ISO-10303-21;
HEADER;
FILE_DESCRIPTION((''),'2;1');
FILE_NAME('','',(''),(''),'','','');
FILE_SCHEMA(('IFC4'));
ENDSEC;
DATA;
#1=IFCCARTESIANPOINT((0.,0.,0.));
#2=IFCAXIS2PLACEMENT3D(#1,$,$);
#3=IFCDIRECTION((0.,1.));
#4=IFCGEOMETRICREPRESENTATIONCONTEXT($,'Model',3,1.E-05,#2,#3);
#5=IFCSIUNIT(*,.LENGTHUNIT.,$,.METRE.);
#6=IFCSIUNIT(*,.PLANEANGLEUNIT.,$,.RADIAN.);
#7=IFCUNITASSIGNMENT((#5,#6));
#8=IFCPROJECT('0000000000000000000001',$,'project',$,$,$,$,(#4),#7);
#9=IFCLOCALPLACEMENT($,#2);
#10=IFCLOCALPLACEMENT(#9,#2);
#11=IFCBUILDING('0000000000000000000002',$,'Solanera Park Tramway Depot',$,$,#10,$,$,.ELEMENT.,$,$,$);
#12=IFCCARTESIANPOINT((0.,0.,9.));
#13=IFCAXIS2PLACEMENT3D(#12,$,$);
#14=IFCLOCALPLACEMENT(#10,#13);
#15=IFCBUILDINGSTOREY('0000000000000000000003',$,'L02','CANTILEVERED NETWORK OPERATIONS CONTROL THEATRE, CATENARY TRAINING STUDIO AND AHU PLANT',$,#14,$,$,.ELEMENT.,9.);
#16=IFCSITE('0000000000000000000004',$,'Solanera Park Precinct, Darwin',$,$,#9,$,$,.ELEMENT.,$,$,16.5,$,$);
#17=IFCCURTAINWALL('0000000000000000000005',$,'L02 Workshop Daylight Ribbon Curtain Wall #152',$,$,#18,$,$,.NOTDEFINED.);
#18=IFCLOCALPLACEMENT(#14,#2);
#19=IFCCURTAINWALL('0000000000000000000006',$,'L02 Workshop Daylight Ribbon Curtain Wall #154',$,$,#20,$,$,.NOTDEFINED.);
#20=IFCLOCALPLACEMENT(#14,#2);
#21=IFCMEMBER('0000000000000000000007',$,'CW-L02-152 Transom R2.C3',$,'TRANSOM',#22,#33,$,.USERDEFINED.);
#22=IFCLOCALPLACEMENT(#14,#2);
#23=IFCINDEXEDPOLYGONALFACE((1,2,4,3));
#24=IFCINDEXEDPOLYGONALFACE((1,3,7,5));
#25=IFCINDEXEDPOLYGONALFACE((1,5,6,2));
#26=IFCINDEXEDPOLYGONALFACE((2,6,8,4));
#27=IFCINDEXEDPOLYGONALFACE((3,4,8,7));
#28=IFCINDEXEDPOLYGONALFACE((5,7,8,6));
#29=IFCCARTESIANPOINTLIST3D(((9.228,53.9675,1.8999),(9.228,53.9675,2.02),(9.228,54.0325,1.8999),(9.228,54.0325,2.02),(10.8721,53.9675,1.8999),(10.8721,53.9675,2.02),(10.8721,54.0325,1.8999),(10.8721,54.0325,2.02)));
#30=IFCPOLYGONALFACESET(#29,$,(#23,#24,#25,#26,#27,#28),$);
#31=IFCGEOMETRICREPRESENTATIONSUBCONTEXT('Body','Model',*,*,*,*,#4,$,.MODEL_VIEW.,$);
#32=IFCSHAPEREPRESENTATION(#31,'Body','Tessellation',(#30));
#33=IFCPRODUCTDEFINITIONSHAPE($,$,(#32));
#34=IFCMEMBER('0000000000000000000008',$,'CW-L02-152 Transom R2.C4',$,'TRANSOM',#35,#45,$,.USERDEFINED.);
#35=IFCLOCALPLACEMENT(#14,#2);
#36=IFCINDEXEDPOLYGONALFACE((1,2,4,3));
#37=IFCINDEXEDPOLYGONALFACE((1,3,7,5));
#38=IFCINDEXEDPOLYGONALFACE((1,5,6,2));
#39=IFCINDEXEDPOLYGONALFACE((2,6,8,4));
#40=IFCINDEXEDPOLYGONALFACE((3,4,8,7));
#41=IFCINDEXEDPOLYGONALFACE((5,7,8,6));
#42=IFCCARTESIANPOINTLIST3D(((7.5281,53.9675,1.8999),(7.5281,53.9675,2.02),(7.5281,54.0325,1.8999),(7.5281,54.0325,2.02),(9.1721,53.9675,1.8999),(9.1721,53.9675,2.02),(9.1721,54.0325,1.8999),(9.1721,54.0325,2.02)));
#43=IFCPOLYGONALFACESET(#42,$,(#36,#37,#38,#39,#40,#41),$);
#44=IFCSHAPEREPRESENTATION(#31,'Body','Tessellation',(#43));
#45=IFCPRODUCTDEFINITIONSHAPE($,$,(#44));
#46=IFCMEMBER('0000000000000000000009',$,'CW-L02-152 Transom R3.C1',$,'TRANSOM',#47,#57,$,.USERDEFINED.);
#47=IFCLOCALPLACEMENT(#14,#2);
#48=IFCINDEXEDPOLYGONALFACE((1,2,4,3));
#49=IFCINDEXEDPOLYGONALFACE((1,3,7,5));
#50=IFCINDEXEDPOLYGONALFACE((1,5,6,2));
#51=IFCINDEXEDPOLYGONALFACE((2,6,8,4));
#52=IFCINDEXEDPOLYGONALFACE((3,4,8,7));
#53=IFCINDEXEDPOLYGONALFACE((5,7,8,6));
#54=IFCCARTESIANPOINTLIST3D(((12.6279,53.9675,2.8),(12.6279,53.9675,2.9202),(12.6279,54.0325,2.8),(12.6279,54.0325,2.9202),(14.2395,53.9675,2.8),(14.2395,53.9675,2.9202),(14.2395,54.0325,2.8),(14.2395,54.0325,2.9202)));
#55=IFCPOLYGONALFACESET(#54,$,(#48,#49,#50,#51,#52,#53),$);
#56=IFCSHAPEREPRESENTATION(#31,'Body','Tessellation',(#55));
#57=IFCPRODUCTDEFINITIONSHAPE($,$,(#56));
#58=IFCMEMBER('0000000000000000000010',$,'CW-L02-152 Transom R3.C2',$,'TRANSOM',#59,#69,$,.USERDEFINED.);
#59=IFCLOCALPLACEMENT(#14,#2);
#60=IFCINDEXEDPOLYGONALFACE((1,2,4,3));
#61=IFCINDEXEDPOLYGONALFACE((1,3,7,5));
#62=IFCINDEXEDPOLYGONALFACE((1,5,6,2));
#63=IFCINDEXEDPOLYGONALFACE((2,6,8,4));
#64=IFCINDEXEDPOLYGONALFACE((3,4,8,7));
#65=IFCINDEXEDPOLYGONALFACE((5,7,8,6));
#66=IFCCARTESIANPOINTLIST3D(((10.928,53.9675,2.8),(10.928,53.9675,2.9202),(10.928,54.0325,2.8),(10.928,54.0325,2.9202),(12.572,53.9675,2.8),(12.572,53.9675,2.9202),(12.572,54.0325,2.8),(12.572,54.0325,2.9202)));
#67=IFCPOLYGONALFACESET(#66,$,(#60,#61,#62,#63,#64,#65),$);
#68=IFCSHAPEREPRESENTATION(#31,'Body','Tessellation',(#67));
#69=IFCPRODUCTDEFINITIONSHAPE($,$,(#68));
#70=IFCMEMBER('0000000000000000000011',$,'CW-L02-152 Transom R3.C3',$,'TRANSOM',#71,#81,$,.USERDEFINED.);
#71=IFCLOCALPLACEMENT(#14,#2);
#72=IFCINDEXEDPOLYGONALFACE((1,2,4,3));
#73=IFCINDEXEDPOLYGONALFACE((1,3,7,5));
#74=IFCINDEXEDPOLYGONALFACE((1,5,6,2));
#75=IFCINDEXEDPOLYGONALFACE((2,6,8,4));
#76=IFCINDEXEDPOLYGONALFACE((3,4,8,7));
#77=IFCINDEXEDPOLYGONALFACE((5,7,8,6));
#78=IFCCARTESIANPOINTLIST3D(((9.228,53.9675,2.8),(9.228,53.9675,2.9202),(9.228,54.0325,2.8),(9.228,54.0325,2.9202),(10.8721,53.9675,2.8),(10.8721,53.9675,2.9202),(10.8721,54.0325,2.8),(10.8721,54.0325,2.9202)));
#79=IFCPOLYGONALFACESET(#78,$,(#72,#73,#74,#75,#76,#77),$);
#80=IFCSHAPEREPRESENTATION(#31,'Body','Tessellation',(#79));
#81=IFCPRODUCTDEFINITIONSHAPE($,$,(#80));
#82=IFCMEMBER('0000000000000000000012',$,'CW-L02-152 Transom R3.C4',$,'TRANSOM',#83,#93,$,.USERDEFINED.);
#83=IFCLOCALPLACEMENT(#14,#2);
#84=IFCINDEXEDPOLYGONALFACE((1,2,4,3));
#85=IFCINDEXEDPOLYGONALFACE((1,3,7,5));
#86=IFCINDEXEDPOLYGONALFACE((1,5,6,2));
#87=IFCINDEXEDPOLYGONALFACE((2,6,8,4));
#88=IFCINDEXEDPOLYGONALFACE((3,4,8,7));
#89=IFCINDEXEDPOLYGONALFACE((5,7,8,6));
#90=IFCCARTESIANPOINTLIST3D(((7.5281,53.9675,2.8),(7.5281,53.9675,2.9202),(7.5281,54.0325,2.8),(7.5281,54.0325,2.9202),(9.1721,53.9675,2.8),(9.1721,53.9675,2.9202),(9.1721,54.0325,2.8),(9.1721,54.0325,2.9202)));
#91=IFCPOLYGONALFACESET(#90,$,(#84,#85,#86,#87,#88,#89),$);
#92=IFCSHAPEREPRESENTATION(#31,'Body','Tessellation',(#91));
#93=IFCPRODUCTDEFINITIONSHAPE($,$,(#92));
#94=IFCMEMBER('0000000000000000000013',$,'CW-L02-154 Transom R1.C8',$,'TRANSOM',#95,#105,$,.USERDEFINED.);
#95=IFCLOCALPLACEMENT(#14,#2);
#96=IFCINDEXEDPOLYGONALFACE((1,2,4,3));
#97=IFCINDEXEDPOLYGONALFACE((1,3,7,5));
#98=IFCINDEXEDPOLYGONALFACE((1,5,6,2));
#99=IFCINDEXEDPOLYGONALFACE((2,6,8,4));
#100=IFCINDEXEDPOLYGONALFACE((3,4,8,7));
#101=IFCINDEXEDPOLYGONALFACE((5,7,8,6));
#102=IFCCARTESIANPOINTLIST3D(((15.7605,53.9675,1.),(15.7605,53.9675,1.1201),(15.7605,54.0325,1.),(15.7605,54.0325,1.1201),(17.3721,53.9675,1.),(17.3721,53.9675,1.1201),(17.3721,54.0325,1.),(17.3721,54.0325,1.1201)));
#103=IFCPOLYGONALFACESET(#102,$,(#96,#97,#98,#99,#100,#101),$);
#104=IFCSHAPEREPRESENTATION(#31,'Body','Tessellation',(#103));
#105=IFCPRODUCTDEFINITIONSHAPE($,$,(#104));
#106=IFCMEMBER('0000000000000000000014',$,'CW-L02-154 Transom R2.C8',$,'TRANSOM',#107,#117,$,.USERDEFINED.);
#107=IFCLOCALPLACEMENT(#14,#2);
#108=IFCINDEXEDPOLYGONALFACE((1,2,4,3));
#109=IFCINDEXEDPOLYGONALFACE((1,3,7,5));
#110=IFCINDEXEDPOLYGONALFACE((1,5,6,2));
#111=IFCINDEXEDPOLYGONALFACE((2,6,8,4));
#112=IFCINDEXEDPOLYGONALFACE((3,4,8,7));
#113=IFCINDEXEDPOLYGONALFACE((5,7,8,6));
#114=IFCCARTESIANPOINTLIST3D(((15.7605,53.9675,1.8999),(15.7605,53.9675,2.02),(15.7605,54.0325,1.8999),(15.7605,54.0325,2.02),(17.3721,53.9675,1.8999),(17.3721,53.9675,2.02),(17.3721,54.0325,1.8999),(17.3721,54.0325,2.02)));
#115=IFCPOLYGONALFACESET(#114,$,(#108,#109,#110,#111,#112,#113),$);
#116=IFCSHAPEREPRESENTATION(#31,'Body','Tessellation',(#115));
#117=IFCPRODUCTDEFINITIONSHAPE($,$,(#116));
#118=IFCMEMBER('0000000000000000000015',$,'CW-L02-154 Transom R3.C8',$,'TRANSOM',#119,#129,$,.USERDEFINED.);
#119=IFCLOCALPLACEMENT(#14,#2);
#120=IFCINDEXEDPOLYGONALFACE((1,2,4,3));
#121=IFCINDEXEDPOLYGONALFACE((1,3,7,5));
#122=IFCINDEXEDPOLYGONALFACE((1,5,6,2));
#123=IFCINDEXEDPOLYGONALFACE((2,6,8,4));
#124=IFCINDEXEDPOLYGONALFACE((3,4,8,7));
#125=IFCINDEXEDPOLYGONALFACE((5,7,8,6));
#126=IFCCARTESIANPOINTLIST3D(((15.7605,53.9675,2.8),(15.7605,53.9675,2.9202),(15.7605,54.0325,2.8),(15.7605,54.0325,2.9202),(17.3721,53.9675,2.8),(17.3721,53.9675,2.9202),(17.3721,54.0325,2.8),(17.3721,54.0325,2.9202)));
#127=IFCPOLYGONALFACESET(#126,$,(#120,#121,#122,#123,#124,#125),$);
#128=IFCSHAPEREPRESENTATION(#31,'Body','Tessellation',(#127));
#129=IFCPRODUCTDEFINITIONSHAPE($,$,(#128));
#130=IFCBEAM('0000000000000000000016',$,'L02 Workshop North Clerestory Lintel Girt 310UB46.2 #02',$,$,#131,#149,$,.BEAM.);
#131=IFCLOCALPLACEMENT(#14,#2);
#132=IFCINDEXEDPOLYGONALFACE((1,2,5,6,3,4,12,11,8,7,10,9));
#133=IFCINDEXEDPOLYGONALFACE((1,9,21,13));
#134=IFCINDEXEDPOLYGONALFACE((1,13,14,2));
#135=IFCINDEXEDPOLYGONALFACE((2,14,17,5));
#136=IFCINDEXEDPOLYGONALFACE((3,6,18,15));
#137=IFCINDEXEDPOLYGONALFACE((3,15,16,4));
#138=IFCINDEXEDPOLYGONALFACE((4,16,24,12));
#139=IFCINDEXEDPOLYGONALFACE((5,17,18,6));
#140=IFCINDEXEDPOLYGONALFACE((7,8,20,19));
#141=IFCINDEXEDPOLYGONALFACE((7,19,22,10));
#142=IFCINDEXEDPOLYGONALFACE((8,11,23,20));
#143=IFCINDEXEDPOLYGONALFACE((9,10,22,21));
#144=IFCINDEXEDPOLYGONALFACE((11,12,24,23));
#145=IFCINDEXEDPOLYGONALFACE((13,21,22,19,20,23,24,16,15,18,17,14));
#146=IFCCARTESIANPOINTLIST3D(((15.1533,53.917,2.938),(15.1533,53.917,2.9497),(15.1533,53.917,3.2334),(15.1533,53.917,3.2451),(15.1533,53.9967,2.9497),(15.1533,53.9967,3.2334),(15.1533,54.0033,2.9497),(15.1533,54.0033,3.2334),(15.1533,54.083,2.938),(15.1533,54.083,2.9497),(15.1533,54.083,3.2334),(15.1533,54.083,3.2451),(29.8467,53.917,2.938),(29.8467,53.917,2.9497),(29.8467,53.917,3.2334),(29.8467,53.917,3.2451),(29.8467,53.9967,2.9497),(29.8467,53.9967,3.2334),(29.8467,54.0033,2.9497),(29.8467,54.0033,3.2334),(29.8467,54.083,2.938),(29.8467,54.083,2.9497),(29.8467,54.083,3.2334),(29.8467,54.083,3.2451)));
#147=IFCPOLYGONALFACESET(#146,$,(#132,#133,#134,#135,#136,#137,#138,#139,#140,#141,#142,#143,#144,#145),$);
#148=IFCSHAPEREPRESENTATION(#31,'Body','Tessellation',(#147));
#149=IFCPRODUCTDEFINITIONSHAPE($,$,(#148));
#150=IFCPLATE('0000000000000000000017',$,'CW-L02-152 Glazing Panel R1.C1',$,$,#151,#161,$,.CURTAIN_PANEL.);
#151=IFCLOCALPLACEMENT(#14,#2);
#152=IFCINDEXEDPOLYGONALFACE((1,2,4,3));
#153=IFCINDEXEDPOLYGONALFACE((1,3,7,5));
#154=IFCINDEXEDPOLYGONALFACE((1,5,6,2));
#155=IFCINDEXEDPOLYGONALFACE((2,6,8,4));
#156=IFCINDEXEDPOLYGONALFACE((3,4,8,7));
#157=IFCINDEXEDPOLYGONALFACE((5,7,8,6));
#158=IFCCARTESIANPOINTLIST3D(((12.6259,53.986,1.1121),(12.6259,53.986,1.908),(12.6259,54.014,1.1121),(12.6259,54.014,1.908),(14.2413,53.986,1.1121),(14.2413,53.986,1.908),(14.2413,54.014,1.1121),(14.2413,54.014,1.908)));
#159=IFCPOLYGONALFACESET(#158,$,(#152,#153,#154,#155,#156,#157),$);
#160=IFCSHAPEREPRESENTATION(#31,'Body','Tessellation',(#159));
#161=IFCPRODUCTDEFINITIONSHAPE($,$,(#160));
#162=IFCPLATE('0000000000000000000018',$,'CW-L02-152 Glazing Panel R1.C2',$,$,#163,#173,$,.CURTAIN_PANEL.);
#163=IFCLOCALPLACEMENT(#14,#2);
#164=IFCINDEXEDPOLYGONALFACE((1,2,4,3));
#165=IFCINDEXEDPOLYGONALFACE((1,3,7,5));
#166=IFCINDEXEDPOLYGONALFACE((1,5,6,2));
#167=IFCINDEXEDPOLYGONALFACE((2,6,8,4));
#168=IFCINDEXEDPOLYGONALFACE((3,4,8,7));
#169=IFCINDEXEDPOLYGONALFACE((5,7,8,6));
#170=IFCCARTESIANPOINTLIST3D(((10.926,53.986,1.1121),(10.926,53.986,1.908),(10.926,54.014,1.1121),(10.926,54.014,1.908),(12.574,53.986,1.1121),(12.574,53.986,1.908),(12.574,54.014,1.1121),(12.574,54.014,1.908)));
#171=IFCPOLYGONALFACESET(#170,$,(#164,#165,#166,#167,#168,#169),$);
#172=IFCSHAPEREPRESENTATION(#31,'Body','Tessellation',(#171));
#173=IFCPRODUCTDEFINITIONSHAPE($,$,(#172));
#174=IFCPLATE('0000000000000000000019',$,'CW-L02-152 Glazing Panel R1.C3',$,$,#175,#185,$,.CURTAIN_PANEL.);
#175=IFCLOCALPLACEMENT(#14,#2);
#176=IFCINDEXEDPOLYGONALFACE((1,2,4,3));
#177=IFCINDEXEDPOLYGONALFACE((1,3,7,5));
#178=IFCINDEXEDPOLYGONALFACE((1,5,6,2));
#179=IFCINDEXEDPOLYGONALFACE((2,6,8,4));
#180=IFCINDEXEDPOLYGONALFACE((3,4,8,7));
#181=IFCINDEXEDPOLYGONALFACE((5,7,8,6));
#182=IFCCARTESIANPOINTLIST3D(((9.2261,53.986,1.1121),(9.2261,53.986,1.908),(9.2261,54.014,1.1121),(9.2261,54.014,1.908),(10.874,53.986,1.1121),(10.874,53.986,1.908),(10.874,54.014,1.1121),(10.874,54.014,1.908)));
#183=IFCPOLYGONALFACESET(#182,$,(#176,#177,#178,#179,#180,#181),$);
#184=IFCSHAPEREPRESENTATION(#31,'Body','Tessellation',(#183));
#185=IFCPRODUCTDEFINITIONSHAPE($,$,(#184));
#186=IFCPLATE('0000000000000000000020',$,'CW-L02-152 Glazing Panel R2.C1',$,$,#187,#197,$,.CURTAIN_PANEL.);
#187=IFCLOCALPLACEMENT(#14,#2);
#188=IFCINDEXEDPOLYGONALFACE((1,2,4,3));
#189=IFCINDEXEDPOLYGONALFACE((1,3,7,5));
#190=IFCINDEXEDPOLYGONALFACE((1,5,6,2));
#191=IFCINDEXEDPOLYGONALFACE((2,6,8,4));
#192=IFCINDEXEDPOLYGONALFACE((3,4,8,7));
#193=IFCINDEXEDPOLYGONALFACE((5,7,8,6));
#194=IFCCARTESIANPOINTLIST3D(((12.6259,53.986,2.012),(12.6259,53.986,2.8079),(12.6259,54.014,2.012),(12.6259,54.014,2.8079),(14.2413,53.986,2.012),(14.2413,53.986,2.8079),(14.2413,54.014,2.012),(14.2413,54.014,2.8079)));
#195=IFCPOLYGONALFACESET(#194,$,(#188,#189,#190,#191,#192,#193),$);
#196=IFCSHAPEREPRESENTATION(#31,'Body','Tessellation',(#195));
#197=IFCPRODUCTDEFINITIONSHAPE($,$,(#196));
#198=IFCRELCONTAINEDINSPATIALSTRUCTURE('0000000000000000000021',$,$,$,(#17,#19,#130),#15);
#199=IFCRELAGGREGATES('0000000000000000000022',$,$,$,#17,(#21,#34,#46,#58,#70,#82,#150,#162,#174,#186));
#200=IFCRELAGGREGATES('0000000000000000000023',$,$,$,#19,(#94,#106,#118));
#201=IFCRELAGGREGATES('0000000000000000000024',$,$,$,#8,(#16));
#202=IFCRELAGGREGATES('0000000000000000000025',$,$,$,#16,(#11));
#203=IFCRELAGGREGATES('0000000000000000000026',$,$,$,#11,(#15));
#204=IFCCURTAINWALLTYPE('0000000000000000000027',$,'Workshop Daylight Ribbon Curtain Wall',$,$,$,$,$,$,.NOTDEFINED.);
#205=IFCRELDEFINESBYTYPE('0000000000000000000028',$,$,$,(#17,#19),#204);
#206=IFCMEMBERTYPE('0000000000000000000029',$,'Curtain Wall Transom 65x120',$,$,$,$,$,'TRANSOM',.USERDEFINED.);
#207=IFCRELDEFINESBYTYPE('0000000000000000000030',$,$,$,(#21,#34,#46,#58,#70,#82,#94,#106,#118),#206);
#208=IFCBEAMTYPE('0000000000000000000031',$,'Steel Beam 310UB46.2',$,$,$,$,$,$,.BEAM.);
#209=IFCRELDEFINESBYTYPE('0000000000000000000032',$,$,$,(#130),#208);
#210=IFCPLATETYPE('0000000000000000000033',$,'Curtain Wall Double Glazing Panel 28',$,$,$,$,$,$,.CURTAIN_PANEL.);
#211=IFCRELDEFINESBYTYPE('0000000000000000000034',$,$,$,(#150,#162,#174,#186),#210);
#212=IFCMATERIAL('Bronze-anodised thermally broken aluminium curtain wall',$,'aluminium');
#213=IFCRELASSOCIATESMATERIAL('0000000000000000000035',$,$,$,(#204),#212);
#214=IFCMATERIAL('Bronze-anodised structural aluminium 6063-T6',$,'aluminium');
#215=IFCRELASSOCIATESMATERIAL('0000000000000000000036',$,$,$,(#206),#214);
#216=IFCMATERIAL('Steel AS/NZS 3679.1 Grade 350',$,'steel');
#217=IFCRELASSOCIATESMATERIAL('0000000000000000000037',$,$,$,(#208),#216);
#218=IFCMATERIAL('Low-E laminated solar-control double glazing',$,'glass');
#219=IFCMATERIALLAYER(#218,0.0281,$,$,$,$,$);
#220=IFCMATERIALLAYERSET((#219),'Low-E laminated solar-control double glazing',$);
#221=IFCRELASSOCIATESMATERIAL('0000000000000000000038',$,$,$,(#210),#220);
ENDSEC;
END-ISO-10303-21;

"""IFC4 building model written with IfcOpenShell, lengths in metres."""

from ifc_helpers import new_model, si_unit, direction, frame, origin, origin_2d, place, context, subcontext, project, spatial, rectangle, i_section, extrude, material, layer, layer_set, material_profile, profile_set, type_object, element, aggregate, save


model = new_model("IFC4")

# Units and contexts
model_context = context("Model", 3, precision=1e-05, world=origin(), true_north=direction((0.0, 1.0)))
body_context = subcontext(model_context, "Body", "Model", "MODEL_VIEW")
ifc_project = project(units=[si_unit("LENGTHUNIT", "METRE"), si_unit("PLANEANGLEUNIT", "RADIAN")], contexts=[model_context])

# Site, building, storey
site_placement = place(None, origin())
site = spatial("IfcSite", under=ifc_project, at=site_placement, Name="Solanera Park Precinct, Darwin", CompositionType="ELEMENT", RefElevation=16.5)
building_placement = place(site_placement, origin())
building = spatial("IfcBuilding", under=site, at=building_placement, Name="Solanera Park Tramway Depot", CompositionType="ELEMENT")
storey_placement = place(building_placement, frame((0.0, 0.0, 9.0)))
storey = spatial("IfcBuildingStorey", under=building, at=storey_placement, Name="L02", Description="CANTILEVERED NETWORK OPERATIONS CONTROL THEATRE, CATENARY TRAINING STUDIO AND AHU PLANT", CompositionType="ELEMENT", Elevation=9.0)

# Curtain walls
ifc_material_1 = material(Name="Bronze-anodised thermally broken aluminium curtain wall", Category="aluminium")
curtain_wall_type = type_object("IfcCurtainWallType", Name="Workshop Daylight Ribbon Curtain Wall", PredefinedType="NOTDEFINED", material=ifc_material_1)
curtain_wall_1_placement = place(storey_placement, origin())
curtain_wall_1 = element("IfcCurtainWall", 1, at=curtain_wall_1_placement, inside=storey, type_object=curtain_wall_type, Name="L02 Workshop Daylight Ribbon Curtain Wall #152", PredefinedType="NOTDEFINED")
curtain_wall_2_placement = place(storey_placement, origin())
curtain_wall_2 = element("IfcCurtainWall", 2, at=curtain_wall_2_placement, inside=storey, type_object=curtain_wall_type, Name="L02 Workshop Daylight Ribbon Curtain Wall #154", PredefinedType="NOTDEFINED")

# Members
ifc_material_2 = material(Name="Bronze-anodised structural aluminium 6063-T6", Category="aluminium")
ifc_material_profile_1 = material_profile(ifc_material_2, rectangle(XDim=0.0649, YDim=0.1201, at=origin_2d()), Name="Curtain Wall Transom 65x120")
ifc_profile_set_1 = profile_set([ifc_material_profile_1], Name="Bronze-anodised structural aluminium 6063-T6")
member_type_1 = type_object("IfcMemberType", Name="Curtain Wall Transom 65x120", ElementType="TRANSOM", PredefinedType="USERDEFINED", material=ifc_profile_set_1)
member_1_placement = place(storey_placement, frame((10.8721, 54.0, 1.96), z_axis=(-1.0, 0.0, 0.0), x_axis=(0.0, -1.0, 0.0)))
member_1 = element("IfcMember", 3, at=member_1_placement, type_object=member_type_1, Name="CW-L02-152 Transom R2.C3", ObjectType="TRANSOM", PredefinedType="USERDEFINED", context=body_context, shape_type="SweptSolid", body=[
    extrude(rectangle(XDim=0.0649, YDim=0.1201, at=origin_2d()), origin(), (0.0, 0.0, 1.0), 1.644),
])
member_2_placement = place(storey_placement, frame((9.1721, 54.0, 1.96), z_axis=(-1.0, 0.0, 0.0), x_axis=(0.0, -1.0, 0.0)))
member_2 = element("IfcMember", 4, at=member_2_placement, type_object=member_type_1, Name="CW-L02-152 Transom R2.C4", ObjectType="TRANSOM", PredefinedType="USERDEFINED", context=body_context, shape_type="SweptSolid", body=[
    extrude(rectangle(XDim=0.0649, YDim=0.1201, at=origin_2d()), origin(), (0.0, 0.0, 1.0), 1.644),
])
member_3_placement = place(storey_placement, frame((14.2395, 54.0, 2.8601), z_axis=(-1.0, 0.0, 0.0), x_axis=(0.0, -1.0, 0.0)))
member_3 = element("IfcMember", 5, at=member_3_placement, type_object=member_type_1, Name="CW-L02-152 Transom R3.C1", ObjectType="TRANSOM", PredefinedType="USERDEFINED", context=body_context, shape_type="SweptSolid", body=[
    extrude(rectangle(XDim=0.0649, YDim=0.1201, at=origin_2d()), origin(), (0.0, 0.0, 1.0), 1.6116),
])
member_4_placement = place(storey_placement, frame((12.572, 54.0, 2.8601), z_axis=(-1.0, 0.0, 0.0), x_axis=(0.0, -1.0, 0.0)))
member_4 = element("IfcMember", 6, at=member_4_placement, type_object=member_type_1, Name="CW-L02-152 Transom R3.C2", ObjectType="TRANSOM", PredefinedType="USERDEFINED", context=body_context, shape_type="SweptSolid", body=[
    extrude(rectangle(XDim=0.0649, YDim=0.1201, at=origin_2d()), origin(), (0.0, 0.0, 1.0), 1.644),
])
member_5_placement = place(storey_placement, frame((10.8721, 54.0, 2.8601), z_axis=(-1.0, 0.0, 0.0), x_axis=(0.0, -1.0, 0.0)))
member_5 = element("IfcMember", 7, at=member_5_placement, type_object=member_type_1, Name="CW-L02-152 Transom R3.C3", ObjectType="TRANSOM", PredefinedType="USERDEFINED", context=body_context, shape_type="SweptSolid", body=[
    extrude(rectangle(XDim=0.0649, YDim=0.1201, at=origin_2d()), origin(), (0.0, 0.0, 1.0), 1.644),
])
member_6_placement = place(storey_placement, frame((9.1721, 54.0, 2.8601), z_axis=(-1.0, 0.0, 0.0), x_axis=(0.0, -1.0, 0.0)))
member_6 = element("IfcMember", 8, at=member_6_placement, type_object=member_type_1, Name="CW-L02-152 Transom R3.C4", ObjectType="TRANSOM", PredefinedType="USERDEFINED", context=body_context, shape_type="SweptSolid", body=[
    extrude(rectangle(XDim=0.0649, YDim=0.1201, at=origin_2d()), origin(), (0.0, 0.0, 1.0), 1.644),
])
member_7_placement = place(storey_placement, frame((17.3721, 54.0, 1.0601), z_axis=(-1.0, 0.0, 0.0), x_axis=(0.0, -1.0, 0.0)))
member_7 = element("IfcMember", 9, at=member_7_placement, type_object=member_type_1, Name="CW-L02-154 Transom R1.C8", ObjectType="TRANSOM", PredefinedType="USERDEFINED", context=body_context, shape_type="SweptSolid", body=[
    extrude(rectangle(XDim=0.0649, YDim=0.1201, at=origin_2d()), origin(), (0.0, 0.0, 1.0), 1.6116),
])
member_8_placement = place(storey_placement, frame((17.3721, 54.0, 1.96), z_axis=(-1.0, 0.0, 0.0), x_axis=(0.0, -1.0, 0.0)))
member_8 = element("IfcMember", 10, at=member_8_placement, type_object=member_type_1, Name="CW-L02-154 Transom R2.C8", ObjectType="TRANSOM", PredefinedType="USERDEFINED", context=body_context, shape_type="SweptSolid", body=[
    extrude(rectangle(XDim=0.0649, YDim=0.1201, at=origin_2d()), origin(), (0.0, 0.0, 1.0), 1.6116),
])
member_9_placement = place(storey_placement, frame((17.3721, 54.0, 2.8601), z_axis=(-1.0, 0.0, 0.0), x_axis=(0.0, -1.0, 0.0)))
member_9 = element("IfcMember", 11, at=member_9_placement, type_object=member_type_1, Name="CW-L02-154 Transom R3.C8", ObjectType="TRANSOM", PredefinedType="USERDEFINED", context=body_context, shape_type="SweptSolid", body=[
    extrude(rectangle(XDim=0.0649, YDim=0.1201, at=origin_2d()), origin(), (0.0, 0.0, 1.0), 1.6116),
])

# Beam
ifc_material_3 = material(Name="Steel AS/NZS 3679.1 Grade 350", Category="steel")
ifc_material_profile_2 = material_profile(ifc_material_3, i_section(OverallWidth=0.166, OverallDepth=0.3071, WebThickness=0.0066, FlangeThickness=0.0117, at=origin_2d()), Name="310UB46.2")
ifc_profile_set_2 = profile_set([ifc_material_profile_2], Name="Steel AS/NZS 3679.1 Grade 350")
beam_type = type_object("IfcBeamType", Name="Steel Beam 310UB46.2", PredefinedType="BEAM", material=ifc_profile_set_2)
beam_placement = place(storey_placement, frame((15.1533, 54.0, 3.0916), z_axis=(1.0, 0.0, 0.0), x_axis=(0.0, 1.0, 0.0)))
element("IfcBeam", 12, at=beam_placement, inside=storey, type_object=beam_type, Name="L02 Workshop North Clerestory Lintel Girt 310UB46.2 #02", PredefinedType="BEAM", context=body_context, shape_type="SweptSolid", body=[
    extrude(i_section(OverallWidth=0.166, OverallDepth=0.3071, WebThickness=0.0066, FlangeThickness=0.0117, at=origin_2d()), origin(), (0.0, 0.0, 1.0), 14.6934),
])

# Plates
ifc_material_4 = material(Name="Low-E laminated solar-control double glazing", Category="glass")
ifc_layer = layer(ifc_material_4, 0.0281)
ifc_layer_set = layer_set([ifc_layer], Name="Low-E laminated solar-control double glazing")
plate_type = type_object("IfcPlateType", Name="Curtain Wall Double Glazing Panel 28", PredefinedType="CURTAIN_PANEL", material=ifc_layer_set)
plate_1_placement = place(storey_placement, frame((13.4336, 54.0, 1.1121), z_axis=(0.0, 0.0, 1.0), x_axis=(-1.0, 0.0, 0.0)))
plate_1 = element("IfcPlate", 13, at=plate_1_placement, type_object=plate_type, Name="CW-L02-152 Glazing Panel R1.C1", PredefinedType="CURTAIN_PANEL", context=body_context, shape_type="SweptSolid", body=[
    extrude(rectangle(XDim=1.6155, YDim=0.0281, at=origin_2d()), origin(), (0.0, 0.0, 1.0), 0.7959),
])
plate_2_placement = place(storey_placement, frame((11.75, 54.0, 1.1121), z_axis=(0.0, 0.0, 1.0), x_axis=(-1.0, 0.0, 0.0)))
plate_2 = element("IfcPlate", 14, at=plate_2_placement, type_object=plate_type, Name="CW-L02-152 Glazing Panel R1.C2", PredefinedType="CURTAIN_PANEL", context=body_context, shape_type="SweptSolid", body=[
    extrude(rectangle(XDim=1.6479, YDim=0.0281, at=origin_2d()), origin(), (0.0, 0.0, 1.0), 0.7959),
])
plate_3_placement = place(storey_placement, frame((10.05, 54.0, 1.1121), z_axis=(0.0, 0.0, 1.0), x_axis=(-1.0, 0.0, 0.0)))
plate_3 = element("IfcPlate", 15, at=plate_3_placement, type_object=plate_type, Name="CW-L02-152 Glazing Panel R1.C3", PredefinedType="CURTAIN_PANEL", context=body_context, shape_type="SweptSolid", body=[
    extrude(rectangle(XDim=1.6479, YDim=0.0281, at=origin_2d()), origin(), (0.0, 0.0, 1.0), 0.7959),
])
plate_4_placement = place(storey_placement, frame((13.4336, 54.0, 2.012), z_axis=(0.0, 0.0, 1.0), x_axis=(-1.0, 0.0, 0.0)))
plate_4 = element("IfcPlate", 16, at=plate_4_placement, type_object=plate_type, Name="CW-L02-152 Glazing Panel R2.C1", PredefinedType="CURTAIN_PANEL", context=body_context, shape_type="SweptSolid", body=[
    extrude(rectangle(XDim=1.6155, YDim=0.0281, at=origin_2d()), origin(), (0.0, 0.0, 1.0), 0.7959),
])
aggregate(curtain_wall_1, [member_1, member_2, member_3, member_4, member_5, member_6, plate_1, plate_2, plate_3, plate_4])
aggregate(curtain_wall_2, [member_7, member_8, member_9])

save(model, "model.ifc")
